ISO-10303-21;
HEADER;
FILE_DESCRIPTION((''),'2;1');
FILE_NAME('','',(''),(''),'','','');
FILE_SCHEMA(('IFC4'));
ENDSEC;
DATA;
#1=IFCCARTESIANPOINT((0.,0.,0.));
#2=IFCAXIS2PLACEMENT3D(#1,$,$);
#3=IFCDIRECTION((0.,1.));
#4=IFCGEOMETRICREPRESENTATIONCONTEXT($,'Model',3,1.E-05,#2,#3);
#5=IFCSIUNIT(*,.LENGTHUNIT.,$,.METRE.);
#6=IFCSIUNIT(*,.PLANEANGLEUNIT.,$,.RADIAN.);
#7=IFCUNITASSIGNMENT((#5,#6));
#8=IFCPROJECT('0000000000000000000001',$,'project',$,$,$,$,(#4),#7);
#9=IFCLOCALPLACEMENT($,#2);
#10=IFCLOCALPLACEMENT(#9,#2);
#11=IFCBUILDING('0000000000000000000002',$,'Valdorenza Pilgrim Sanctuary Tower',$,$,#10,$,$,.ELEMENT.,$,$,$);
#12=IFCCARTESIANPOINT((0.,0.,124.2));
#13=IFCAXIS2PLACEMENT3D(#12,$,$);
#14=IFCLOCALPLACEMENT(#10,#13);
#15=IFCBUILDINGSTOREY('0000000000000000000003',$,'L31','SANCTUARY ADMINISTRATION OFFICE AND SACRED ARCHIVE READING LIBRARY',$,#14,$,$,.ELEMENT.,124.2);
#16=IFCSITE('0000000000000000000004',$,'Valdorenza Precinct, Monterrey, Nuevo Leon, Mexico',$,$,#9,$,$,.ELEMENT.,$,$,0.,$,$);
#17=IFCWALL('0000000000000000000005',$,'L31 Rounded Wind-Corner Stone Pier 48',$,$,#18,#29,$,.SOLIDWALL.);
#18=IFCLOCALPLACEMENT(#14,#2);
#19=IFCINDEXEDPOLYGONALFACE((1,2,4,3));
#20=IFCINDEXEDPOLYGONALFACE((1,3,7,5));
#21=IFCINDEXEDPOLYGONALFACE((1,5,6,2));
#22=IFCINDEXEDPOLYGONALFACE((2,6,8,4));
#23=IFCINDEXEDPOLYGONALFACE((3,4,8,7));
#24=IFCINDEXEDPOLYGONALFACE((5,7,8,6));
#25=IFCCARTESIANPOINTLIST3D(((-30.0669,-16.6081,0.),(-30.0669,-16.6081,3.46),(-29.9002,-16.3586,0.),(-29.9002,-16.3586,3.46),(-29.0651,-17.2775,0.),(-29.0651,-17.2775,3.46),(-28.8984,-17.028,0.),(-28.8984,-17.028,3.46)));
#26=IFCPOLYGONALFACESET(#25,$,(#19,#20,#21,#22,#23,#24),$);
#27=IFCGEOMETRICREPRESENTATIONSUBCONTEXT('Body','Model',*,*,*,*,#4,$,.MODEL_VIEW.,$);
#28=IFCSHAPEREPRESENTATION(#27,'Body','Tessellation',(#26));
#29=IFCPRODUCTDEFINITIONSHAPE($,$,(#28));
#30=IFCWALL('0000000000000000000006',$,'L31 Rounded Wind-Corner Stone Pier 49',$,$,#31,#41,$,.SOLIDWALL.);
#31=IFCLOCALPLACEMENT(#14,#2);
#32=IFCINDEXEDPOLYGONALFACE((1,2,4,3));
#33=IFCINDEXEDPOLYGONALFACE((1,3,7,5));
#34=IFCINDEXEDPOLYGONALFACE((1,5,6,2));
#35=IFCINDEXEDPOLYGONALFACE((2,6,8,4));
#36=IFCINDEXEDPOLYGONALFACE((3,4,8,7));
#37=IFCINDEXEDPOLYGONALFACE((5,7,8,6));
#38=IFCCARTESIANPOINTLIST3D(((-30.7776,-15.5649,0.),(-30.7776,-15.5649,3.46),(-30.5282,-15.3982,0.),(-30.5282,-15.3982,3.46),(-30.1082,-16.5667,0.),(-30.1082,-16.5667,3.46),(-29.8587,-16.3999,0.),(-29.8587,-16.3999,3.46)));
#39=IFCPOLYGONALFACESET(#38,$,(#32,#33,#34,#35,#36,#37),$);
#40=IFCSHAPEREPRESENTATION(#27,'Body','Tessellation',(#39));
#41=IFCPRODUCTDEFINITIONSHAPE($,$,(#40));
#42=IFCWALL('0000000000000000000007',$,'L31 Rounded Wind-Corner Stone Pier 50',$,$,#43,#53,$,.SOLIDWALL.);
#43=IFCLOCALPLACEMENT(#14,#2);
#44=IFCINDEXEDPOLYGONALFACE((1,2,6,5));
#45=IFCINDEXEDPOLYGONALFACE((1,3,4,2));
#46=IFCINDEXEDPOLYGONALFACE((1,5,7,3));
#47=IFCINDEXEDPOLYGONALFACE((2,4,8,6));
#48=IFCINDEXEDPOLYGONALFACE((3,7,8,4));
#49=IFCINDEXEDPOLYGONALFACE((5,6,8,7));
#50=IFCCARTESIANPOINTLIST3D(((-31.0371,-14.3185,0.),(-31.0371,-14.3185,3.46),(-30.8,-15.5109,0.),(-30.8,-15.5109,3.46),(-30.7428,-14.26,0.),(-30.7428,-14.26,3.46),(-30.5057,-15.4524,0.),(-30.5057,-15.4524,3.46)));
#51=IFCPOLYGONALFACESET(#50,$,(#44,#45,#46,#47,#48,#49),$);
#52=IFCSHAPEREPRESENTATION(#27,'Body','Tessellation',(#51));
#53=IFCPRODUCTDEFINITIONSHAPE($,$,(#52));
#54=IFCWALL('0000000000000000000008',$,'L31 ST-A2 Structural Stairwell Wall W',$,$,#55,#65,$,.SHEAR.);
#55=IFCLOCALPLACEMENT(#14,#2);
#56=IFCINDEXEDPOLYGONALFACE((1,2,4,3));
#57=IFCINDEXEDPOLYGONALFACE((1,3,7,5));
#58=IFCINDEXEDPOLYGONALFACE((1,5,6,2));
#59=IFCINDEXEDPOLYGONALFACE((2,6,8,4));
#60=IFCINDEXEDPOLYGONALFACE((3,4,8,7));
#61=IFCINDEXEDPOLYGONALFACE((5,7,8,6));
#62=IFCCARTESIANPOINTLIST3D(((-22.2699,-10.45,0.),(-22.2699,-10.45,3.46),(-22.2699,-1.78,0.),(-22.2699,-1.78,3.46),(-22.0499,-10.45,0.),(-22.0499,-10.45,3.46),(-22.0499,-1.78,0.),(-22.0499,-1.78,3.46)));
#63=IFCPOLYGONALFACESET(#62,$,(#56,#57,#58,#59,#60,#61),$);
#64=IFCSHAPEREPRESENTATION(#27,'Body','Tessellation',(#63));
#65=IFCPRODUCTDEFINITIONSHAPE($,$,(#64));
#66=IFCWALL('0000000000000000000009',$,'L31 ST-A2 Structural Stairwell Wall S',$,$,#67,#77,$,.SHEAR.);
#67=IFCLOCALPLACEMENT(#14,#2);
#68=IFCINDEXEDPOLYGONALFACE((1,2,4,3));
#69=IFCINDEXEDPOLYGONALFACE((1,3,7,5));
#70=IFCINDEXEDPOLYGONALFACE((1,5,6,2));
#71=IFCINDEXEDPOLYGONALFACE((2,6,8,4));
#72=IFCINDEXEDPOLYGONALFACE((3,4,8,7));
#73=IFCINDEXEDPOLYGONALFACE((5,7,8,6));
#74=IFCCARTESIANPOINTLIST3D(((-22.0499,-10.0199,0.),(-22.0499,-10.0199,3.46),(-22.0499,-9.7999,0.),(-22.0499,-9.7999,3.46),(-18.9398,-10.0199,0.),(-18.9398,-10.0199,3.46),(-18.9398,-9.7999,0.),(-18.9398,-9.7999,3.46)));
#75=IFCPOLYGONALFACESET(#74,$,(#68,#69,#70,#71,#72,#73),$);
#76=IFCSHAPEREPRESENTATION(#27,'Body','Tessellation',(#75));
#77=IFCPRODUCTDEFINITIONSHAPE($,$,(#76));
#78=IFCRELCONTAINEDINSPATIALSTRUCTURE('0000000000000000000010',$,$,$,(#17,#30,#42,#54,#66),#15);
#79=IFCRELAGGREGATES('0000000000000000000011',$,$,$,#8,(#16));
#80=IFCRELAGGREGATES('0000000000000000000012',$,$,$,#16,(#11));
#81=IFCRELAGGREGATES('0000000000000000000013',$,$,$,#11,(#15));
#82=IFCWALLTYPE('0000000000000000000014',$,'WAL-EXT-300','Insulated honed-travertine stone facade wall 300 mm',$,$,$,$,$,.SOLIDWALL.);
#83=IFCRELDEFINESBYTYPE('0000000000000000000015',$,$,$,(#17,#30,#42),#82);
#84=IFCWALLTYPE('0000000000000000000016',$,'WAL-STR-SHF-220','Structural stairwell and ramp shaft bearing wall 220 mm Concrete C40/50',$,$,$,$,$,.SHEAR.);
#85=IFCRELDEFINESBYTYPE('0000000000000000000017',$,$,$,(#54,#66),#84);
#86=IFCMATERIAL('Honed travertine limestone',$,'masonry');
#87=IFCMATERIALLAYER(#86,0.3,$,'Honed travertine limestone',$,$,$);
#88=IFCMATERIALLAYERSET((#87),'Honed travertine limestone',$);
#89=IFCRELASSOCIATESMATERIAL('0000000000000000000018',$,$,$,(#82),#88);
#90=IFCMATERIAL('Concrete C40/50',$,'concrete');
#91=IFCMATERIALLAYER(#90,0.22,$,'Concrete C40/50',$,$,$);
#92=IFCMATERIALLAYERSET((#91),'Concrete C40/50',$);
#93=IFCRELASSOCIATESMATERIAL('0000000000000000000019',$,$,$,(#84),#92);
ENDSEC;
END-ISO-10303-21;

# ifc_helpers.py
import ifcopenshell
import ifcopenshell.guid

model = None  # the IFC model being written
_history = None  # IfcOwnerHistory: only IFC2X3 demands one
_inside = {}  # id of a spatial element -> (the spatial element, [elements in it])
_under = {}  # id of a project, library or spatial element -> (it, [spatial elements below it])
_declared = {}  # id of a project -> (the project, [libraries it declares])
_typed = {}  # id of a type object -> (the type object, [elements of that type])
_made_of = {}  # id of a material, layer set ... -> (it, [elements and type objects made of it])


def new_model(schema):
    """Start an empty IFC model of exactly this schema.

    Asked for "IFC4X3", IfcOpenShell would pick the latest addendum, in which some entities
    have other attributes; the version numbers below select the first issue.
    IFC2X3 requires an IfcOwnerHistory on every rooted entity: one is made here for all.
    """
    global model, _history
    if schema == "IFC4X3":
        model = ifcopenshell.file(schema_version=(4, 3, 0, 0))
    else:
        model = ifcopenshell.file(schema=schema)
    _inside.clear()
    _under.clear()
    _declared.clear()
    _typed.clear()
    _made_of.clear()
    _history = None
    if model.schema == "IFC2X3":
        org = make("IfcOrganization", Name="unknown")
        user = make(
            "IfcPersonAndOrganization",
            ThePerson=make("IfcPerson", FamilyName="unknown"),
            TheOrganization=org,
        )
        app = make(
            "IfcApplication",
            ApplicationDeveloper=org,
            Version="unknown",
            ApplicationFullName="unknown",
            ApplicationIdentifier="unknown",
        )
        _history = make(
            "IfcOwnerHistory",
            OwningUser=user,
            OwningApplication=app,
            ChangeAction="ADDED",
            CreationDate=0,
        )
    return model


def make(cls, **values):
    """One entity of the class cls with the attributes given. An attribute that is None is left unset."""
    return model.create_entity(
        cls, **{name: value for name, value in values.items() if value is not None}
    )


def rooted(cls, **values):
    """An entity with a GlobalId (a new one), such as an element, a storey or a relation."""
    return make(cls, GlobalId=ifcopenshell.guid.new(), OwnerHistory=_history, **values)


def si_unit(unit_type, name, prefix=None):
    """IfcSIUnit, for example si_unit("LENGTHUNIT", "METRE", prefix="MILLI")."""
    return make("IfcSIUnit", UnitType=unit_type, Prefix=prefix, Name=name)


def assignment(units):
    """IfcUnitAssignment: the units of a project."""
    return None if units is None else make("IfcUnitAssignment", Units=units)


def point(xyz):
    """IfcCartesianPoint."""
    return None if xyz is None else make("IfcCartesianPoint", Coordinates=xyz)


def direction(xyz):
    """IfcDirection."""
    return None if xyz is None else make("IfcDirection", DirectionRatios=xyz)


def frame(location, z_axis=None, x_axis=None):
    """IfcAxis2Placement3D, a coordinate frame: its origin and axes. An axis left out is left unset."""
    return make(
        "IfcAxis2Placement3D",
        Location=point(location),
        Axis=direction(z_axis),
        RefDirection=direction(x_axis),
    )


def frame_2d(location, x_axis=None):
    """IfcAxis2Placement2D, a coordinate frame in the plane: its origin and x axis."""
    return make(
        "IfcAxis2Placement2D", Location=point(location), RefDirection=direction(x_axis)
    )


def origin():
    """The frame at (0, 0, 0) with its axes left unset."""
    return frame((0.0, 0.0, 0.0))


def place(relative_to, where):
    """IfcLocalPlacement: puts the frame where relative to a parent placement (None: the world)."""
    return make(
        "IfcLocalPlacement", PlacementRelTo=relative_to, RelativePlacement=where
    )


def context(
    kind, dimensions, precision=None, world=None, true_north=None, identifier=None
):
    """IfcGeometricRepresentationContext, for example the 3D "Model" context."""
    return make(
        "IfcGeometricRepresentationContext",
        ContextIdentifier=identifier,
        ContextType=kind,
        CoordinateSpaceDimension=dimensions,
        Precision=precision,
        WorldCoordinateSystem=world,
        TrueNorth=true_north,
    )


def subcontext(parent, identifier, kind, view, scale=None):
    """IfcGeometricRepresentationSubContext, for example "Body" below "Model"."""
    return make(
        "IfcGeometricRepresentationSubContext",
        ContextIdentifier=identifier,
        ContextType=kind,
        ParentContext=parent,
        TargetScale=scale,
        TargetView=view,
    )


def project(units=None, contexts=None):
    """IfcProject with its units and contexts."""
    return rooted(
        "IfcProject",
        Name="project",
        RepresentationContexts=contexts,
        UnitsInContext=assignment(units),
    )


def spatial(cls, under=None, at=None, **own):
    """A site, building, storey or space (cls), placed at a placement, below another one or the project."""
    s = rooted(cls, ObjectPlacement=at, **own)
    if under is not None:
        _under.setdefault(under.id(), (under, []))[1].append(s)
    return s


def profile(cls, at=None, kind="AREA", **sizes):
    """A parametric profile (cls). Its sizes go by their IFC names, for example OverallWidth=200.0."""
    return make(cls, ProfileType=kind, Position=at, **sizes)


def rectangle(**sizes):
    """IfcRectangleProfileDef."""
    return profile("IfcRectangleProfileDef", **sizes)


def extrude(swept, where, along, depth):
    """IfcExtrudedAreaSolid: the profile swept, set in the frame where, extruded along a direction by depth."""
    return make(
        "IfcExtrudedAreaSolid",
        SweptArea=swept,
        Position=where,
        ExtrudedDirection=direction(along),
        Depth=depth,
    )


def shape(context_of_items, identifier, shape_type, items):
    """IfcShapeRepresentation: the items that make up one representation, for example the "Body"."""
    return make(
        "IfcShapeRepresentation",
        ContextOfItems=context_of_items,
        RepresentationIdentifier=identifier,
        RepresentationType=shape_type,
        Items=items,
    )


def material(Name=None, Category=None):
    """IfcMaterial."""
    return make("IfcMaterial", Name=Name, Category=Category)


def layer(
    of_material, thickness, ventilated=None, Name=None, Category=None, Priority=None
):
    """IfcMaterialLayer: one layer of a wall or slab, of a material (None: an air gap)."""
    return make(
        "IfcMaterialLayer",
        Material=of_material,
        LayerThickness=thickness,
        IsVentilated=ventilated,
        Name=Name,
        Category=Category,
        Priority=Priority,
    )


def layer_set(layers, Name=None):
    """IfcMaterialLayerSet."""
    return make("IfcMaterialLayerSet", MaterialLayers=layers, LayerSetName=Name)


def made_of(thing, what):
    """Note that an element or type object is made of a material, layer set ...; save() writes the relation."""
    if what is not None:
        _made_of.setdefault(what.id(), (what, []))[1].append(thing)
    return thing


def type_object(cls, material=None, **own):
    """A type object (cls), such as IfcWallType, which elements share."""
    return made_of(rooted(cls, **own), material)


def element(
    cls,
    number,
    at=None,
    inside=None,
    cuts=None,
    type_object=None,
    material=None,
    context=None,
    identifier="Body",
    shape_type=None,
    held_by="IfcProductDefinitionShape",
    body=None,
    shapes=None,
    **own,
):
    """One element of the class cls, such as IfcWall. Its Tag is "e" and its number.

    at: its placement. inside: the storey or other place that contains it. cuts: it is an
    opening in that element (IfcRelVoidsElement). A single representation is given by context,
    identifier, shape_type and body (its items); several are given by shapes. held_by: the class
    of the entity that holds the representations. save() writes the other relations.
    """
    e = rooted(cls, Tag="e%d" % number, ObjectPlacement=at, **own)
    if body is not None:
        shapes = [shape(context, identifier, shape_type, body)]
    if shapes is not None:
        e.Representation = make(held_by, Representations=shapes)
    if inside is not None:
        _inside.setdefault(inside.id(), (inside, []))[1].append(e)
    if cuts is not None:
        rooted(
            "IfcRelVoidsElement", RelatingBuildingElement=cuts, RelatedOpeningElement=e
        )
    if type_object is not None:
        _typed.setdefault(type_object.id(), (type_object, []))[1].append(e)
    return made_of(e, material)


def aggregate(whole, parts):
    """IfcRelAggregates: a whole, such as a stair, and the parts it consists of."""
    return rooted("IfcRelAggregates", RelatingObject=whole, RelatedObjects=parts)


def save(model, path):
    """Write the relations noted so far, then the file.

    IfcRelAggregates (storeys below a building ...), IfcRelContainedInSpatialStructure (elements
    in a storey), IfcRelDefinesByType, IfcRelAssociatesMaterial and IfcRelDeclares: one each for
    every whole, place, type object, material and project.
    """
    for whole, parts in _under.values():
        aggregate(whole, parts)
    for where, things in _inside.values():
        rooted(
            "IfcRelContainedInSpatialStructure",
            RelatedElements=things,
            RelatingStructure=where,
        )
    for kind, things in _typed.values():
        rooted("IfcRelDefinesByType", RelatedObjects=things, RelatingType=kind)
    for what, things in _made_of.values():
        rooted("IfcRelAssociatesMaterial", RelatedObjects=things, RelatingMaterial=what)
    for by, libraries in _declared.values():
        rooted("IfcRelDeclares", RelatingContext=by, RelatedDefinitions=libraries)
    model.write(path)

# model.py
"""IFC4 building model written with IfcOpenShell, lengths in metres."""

from ifc_helpers import new_model, si_unit, direction, frame, frame_2d, origin, place, context, subcontext, project, spatial, rectangle, extrude, material, layer, layer_set, type_object, element, save


model = new_model("IFC4")

# Units and contexts
model_context = context("Model", 3, precision=1e-05, world=origin(), true_north=direction((0.0, 1.0)))
body_context = subcontext(model_context, "Body", "Model", "MODEL_VIEW")
ifc_project = project(units=[si_unit("LENGTHUNIT", "METRE"), si_unit("PLANEANGLEUNIT", "RADIAN")], contexts=[model_context])

# Site, building, storey
site_placement = place(None, origin())
site = spatial("IfcSite", under=ifc_project, at=site_placement, Name="Valdorenza Precinct, Monterrey, Nuevo Leon, Mexico", CompositionType="ELEMENT", RefElevation=0.0)
building_placement = place(site_placement, origin())
building = spatial("IfcBuilding", under=site, at=building_placement, Name="Valdorenza Pilgrim Sanctuary Tower", CompositionType="ELEMENT")
storey_placement = place(building_placement, frame((0.0, 0.0, 124.2)))
storey = spatial("IfcBuildingStorey", under=building, at=storey_placement, Name="L31", Description="SANCTUARY ADMINISTRATION OFFICE AND SACRED ARCHIVE READING LIBRARY", CompositionType="ELEMENT", Elevation=124.2)

# Shared definitions
ifc_material_1 = material(Name="Honed travertine limestone", Category="masonry")

# Walls
ifc_layer_1 = layer(ifc_material_1, 0.3, Name="Honed travertine limestone")
ifc_layer_set_1 = layer_set([ifc_layer_1], Name="Honed travertine limestone")
wall_type_1 = type_object("IfcWallType", Name="WAL-EXT-300", Description="Insulated honed-travertine stone facade wall 300 mm", PredefinedType="SOLIDWALL", material=ifc_layer_set_1)
for number, where, z_axis, x_axis, name in (
    (1, (-28.9817, -17.1528, 0.0), (0.0, 0.0, 1.0), (-0.831426, 0.555635, 0.0), "L31 Rounded Wind-Corner Stone Pier 48"),
    (2, (-29.9834, -16.4834, 0.0), (0.0, 0.0, 1.0), (-0.555635, 0.831426, 0.0), "L31 Rounded Wind-Corner Stone Pier 49"),
):
    element("IfcWall", number, at=place(storey_placement, frame(where, z_axis=z_axis, x_axis=x_axis)), inside=storey, type_object=wall_type_1, Name=name, PredefinedType="SOLIDWALL", context=body_context, shape_type="SweptSolid", body=[
        extrude(rectangle(XDim=1.2048, YDim=0.3, at=frame_2d((0.6025, 0.0))), origin(), (0.0, 0.0, 1.0), 3.46),
    ])
wall_1_placement = place(storey_placement, frame((-30.6528, -15.4817, 0.0), z_axis=(0.0, 0.0, 1.0), x_axis=(-0.194996, 0.980804, 0.0)))
element("IfcWall", 3, at=wall_1_placement, inside=storey, type_object=wall_type_1, Name="L31 Rounded Wind-Corner Stone Pier 50", PredefinedType="SOLIDWALL", context=body_context, shape_type="SweptSolid", body=[
    extrude(rectangle(XDim=1.2158, YDim=0.3, at=frame_2d((0.6079, 0.0))), origin(), (0.0, 0.0, 1.0), 3.46),
])
ifc_material_2 = material(Name="Concrete C40/50", Category="concrete")
ifc_layer_2 = layer(ifc_material_2, 0.22, Name="Concrete C40/50")
ifc_layer_set_2 = layer_set([ifc_layer_2], Name="Concrete C40/50")
wall_type_2 = type_object("IfcWallType", Name="WAL-STR-SHF-220", Description="Structural stairwell and ramp shaft bearing wall 220 mm Concrete C40/50", PredefinedType="SHEAR", material=ifc_layer_set_2)
wall_2_placement = place(storey_placement, frame((-22.1599, -10.45, 0.0), z_axis=(0.0, 0.0, 1.0), x_axis=(0.0, 1.0, 0.0)))
element("IfcWall", 4, at=wall_2_placement, inside=storey, type_object=wall_type_2, Name="L31 ST-A2 Structural Stairwell Wall W", PredefinedType="SHEAR", context=body_context, shape_type="SweptSolid", body=[
    extrude(rectangle(XDim=8.6699, YDim=0.22, at=frame_2d((4.335, 0.0))), origin(), (0.0, 0.0, 1.0), 3.46),
])
wall_3_placement = place(storey_placement, frame((-22.05, -9.9099, 0.0), z_axis=(0.0, 0.0, 1.0), x_axis=(1.0, 0.0, 0.0)))
element("IfcWall", 5, at=wall_3_placement, inside=storey, type_object=wall_type_2, Name="L31 ST-A2 Structural Stairwell Wall S", PredefinedType="SHEAR", context=body_context, shape_type="SweptSolid", body=[
    extrude(rectangle(XDim=3.1101, YDim=0.22, at=frame_2d((1.5552, 0.0))), origin(), (0.0, 0.0, 1.0), 3.46),
])

save(model, "model.ifc")
